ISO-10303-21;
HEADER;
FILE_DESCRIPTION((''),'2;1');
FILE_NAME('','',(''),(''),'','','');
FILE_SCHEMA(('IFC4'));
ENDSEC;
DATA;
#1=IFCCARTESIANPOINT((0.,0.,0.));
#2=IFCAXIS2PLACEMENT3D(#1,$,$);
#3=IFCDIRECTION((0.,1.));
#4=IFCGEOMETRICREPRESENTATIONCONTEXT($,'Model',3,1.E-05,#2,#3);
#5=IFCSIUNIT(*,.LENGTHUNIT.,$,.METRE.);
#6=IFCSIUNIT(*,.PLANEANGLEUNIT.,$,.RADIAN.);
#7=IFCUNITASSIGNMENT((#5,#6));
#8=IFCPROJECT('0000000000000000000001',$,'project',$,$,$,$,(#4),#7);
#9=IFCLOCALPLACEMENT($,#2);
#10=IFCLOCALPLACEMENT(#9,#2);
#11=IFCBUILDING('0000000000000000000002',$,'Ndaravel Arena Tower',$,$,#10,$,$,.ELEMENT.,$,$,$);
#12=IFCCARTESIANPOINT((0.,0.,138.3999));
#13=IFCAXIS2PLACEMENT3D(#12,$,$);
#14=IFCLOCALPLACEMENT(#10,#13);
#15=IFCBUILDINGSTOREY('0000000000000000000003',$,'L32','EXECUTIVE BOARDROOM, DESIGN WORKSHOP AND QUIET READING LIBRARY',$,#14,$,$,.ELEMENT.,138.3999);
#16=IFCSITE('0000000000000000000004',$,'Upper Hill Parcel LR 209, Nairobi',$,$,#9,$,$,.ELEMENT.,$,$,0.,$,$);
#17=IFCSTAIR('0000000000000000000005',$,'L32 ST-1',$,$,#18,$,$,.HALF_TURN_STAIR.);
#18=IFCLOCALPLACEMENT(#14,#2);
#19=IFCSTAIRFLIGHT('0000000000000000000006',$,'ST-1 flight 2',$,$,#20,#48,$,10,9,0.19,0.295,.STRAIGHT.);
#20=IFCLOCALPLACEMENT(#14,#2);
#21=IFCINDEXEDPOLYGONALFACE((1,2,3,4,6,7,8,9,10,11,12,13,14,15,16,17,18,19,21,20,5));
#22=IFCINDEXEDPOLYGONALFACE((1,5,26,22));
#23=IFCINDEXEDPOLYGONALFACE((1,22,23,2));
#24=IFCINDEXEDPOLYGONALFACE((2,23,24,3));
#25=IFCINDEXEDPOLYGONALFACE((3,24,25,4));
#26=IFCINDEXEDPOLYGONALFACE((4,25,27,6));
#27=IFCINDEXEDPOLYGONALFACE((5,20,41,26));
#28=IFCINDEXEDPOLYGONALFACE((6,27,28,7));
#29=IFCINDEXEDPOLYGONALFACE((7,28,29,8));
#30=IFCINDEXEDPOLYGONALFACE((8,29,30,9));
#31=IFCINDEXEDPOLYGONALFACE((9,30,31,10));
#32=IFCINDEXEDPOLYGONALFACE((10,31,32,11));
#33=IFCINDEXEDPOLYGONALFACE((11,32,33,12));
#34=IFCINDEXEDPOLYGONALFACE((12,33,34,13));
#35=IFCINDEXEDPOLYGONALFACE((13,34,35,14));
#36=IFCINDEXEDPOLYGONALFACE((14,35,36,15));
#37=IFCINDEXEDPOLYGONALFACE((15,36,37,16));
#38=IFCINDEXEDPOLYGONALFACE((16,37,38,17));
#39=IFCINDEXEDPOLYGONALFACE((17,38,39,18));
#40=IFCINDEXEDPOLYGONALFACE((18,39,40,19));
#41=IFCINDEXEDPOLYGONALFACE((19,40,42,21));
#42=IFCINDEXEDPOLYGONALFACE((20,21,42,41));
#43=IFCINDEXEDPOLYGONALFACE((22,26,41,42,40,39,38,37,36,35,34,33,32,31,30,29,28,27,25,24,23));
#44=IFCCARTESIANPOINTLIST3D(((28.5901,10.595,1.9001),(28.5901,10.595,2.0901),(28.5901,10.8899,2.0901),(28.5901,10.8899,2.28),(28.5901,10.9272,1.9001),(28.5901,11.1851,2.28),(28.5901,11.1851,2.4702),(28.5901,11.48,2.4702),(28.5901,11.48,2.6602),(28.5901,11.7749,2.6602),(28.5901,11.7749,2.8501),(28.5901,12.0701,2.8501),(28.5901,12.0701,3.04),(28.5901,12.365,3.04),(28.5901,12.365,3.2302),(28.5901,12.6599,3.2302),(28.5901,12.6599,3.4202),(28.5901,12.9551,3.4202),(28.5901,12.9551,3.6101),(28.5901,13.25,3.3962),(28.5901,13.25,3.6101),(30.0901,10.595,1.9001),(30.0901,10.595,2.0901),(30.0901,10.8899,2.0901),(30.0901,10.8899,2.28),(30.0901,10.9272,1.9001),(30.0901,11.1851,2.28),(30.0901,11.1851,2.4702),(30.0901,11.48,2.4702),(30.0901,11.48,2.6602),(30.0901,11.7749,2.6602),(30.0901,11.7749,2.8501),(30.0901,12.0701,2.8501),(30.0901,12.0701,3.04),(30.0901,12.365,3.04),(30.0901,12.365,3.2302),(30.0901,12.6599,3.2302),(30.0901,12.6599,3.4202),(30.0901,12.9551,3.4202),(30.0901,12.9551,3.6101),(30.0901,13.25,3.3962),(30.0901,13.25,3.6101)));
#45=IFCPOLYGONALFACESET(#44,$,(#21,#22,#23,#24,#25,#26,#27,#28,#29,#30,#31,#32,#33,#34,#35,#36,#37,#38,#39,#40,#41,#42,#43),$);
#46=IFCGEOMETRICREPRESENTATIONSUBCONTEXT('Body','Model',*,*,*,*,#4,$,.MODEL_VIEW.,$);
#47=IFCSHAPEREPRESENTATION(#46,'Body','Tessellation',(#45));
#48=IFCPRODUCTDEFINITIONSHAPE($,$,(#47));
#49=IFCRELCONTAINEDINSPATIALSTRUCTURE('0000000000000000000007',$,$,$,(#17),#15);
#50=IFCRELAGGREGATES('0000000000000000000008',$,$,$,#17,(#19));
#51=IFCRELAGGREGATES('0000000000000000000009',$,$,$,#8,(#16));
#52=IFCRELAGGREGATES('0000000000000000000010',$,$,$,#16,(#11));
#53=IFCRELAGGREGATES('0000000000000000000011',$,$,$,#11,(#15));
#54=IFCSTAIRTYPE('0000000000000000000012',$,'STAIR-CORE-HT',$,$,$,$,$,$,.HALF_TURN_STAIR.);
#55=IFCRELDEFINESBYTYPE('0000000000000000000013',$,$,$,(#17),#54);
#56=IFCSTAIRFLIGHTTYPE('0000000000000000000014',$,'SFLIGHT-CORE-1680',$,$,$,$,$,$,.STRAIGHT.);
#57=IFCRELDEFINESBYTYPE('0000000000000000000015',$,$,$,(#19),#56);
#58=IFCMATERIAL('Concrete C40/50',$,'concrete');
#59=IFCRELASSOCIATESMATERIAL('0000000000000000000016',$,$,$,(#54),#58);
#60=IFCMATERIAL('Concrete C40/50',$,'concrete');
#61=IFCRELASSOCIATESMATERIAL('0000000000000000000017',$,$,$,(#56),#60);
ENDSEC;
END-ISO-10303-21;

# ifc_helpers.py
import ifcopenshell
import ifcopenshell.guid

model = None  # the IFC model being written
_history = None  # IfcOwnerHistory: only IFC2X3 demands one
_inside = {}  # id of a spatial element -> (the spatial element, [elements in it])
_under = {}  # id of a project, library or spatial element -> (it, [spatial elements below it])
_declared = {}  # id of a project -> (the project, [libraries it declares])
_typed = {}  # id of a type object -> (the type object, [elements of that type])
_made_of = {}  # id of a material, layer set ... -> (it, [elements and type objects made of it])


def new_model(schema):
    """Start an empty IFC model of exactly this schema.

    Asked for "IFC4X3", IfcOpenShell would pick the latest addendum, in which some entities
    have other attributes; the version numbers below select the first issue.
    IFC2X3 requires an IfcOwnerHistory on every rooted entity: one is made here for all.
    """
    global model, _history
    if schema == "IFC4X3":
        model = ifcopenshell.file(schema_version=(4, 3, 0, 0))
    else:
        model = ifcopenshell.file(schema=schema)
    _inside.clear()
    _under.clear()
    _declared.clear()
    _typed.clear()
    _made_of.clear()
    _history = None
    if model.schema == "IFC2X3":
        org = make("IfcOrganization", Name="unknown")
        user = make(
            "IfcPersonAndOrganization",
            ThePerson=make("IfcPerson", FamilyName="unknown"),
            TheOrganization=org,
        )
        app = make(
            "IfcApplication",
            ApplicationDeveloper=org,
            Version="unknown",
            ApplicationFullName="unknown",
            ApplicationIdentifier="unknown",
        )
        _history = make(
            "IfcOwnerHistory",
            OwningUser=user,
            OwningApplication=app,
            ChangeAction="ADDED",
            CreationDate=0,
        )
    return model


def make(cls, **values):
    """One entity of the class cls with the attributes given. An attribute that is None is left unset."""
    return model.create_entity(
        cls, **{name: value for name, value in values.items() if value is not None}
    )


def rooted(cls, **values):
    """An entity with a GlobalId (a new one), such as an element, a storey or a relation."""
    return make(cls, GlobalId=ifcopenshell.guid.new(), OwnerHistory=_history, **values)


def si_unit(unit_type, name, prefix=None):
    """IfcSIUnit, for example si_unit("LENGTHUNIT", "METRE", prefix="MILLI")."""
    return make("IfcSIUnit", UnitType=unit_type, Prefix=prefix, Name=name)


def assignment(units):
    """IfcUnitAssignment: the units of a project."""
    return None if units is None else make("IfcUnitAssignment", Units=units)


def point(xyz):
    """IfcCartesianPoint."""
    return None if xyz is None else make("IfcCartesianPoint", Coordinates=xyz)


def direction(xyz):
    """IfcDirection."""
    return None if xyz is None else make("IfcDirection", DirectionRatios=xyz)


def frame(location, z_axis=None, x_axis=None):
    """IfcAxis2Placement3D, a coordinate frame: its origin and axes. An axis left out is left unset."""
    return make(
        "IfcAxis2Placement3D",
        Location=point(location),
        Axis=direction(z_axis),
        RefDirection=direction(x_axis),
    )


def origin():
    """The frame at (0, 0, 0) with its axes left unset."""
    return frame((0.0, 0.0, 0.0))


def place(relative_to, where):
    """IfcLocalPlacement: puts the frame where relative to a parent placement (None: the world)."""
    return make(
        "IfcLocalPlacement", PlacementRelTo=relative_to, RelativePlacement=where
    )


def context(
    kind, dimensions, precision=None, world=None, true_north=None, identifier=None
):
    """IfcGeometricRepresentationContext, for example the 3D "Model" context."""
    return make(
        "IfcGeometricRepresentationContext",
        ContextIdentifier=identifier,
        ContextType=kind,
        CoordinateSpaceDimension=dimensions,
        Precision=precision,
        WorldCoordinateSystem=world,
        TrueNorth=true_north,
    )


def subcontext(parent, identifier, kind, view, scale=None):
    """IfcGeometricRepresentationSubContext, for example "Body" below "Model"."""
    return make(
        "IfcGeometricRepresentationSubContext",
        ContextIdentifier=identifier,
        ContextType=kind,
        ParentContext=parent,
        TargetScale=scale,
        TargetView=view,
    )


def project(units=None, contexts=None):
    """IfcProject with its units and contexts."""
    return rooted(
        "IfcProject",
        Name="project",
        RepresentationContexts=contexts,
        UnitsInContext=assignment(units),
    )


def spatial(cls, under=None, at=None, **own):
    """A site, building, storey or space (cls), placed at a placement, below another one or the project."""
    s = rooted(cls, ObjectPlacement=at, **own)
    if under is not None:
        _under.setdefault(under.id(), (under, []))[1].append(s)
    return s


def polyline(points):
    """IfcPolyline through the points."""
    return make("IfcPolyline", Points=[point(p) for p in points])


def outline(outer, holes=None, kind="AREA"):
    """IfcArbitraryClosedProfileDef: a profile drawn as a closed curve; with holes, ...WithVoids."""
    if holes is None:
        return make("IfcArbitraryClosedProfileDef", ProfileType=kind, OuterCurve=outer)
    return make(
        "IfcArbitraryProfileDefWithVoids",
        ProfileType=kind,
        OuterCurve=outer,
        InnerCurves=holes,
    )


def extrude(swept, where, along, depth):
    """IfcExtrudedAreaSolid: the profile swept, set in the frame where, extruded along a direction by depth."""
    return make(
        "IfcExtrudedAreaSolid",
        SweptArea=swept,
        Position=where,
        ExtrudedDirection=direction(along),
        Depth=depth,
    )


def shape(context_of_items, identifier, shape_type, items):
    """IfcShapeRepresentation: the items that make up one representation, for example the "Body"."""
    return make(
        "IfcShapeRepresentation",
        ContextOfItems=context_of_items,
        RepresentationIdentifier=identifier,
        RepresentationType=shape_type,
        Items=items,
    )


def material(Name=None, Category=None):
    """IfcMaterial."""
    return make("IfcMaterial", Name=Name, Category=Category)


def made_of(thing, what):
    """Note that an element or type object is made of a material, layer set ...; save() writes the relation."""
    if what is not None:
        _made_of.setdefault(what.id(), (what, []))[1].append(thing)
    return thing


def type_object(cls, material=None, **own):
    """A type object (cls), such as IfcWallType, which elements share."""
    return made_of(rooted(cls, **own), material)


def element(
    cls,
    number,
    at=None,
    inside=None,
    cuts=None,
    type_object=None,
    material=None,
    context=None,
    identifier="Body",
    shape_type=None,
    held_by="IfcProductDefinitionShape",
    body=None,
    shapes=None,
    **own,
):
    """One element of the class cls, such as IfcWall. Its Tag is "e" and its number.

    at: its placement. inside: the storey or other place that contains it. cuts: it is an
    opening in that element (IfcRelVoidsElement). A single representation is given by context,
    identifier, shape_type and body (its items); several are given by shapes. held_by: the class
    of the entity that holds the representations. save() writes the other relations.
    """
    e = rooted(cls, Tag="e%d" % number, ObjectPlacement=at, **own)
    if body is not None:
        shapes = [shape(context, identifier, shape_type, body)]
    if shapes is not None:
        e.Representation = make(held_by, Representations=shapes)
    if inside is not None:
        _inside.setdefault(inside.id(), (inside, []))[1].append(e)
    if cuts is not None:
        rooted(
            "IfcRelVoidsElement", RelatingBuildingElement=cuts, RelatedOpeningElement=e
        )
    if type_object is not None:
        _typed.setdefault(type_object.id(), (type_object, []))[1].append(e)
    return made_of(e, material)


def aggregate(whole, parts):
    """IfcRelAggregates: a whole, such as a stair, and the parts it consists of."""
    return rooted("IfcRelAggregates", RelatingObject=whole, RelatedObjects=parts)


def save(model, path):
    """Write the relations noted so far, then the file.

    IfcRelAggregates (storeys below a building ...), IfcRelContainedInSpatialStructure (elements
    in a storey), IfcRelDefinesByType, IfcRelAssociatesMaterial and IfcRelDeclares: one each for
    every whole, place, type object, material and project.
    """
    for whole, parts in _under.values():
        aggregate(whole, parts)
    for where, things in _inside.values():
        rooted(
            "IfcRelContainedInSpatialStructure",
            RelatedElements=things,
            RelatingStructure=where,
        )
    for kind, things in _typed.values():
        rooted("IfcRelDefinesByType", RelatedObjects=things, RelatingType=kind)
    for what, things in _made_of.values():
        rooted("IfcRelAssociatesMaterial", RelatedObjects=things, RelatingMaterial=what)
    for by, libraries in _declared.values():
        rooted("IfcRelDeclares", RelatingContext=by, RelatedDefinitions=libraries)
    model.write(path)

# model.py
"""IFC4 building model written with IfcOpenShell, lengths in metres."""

from ifc_helpers import new_model, si_unit, direction, frame, origin, place, context, subcontext, project, spatial, polyline, outline, extrude, material, type_object, element, aggregate, save


model = new_model("IFC4")

# Units and contexts
model_context = context("Model", 3, precision=1e-05, world=origin(), true_north=direction((0.0, 1.0)))
body_context = subcontext(model_context, "Body", "Model", "MODEL_VIEW")
ifc_project = project(units=[si_unit("LENGTHUNIT", "METRE"), si_unit("PLANEANGLEUNIT", "RADIAN")], contexts=[model_context])

# Site, building, storey
site_placement = place(None, origin())
site = spatial("IfcSite", under=ifc_project, at=site_placement, Name="Upper Hill Parcel LR 209, Nairobi", CompositionType="ELEMENT", RefElevation=0.0)
building_placement = place(site_placement, origin())
building = spatial("IfcBuilding", under=site, at=building_placement, Name="Ndaravel Arena Tower", CompositionType="ELEMENT")
storey_placement = place(building_placement, frame((0.0, 0.0, 138.3999)))
storey = spatial("IfcBuildingStorey", under=building, at=storey_placement, Name="L32", Description="EXECUTIVE BOARDROOM, DESIGN WORKSHOP AND QUIET READING LIBRARY", CompositionType="ELEMENT", Elevation=138.3999)

# Stair, stair flight
ifc_material_1 = material(Name="Concrete C40/50", Category="concrete")
stair_type = type_object("IfcStairType", Name="STAIR-CORE-HT", PredefinedType="HALF_TURN_STAIR", material=ifc_material_1)
stair_placement = place(storey_placement, origin())
stair = element("IfcStair", 1, at=stair_placement, inside=storey, type_object=stair_type, Name="L32 ST-1", PredefinedType="HALF_TURN_STAIR")
ifc_material_2 = material(Name="Concrete C40/50", Category="concrete")
stair_flight_type = type_object("IfcStairFlightType", Name="SFLIGHT-CORE-1680", PredefinedType="STRAIGHT", material=ifc_material_2)
stair_flight_placement = place(storey_placement, frame((29.3401, 10.595, 1.9001), z_axis=(0.0, 0.0, 1.0), x_axis=(0.0, 1.0, 0.0)))
stair_flight = element("IfcStairFlight", 2, at=stair_flight_placement, type_object=stair_flight_type, Name="ST-1 flight 2", NumberOfRisers=10, NumberOfTreads=9, PredefinedType="STRAIGHT", RiserHeight=0.19, TreadLength=0.295, context=body_context, shape_type="SweptSolid", body=[
    extrude(outline(polyline([(0.0, 0.0), (0.0, 0.1899), (0.2949, 0.1899), (0.2949, 0.3799), (0.5901, 0.3799), (0.5901, 0.5701), (0.885, 0.5701), (0.885, 0.76), (1.1799, 0.76), (1.1799, 0.95), (1.4751, 0.95), (1.4751, 1.1399), (1.77, 1.1399), (1.77, 1.3301), (2.0649, 1.3301), (2.0649, 1.52), (2.3601, 1.52), (2.3601, 1.71), (2.655, 1.71), (2.655, 1.8999), (2.655, 1.4961), (0.3323, 0.0), (0.0, 0.0)])), frame((0.0, 0.75, 0.0), z_axis=(0.0, -1.0, 0.0), x_axis=(1.0, 0.0, 0.0)), (0.0, 0.0, 1.0), 1.5),
])
aggregate(stair, [stair_flight])

save(model, "model.ifc")
